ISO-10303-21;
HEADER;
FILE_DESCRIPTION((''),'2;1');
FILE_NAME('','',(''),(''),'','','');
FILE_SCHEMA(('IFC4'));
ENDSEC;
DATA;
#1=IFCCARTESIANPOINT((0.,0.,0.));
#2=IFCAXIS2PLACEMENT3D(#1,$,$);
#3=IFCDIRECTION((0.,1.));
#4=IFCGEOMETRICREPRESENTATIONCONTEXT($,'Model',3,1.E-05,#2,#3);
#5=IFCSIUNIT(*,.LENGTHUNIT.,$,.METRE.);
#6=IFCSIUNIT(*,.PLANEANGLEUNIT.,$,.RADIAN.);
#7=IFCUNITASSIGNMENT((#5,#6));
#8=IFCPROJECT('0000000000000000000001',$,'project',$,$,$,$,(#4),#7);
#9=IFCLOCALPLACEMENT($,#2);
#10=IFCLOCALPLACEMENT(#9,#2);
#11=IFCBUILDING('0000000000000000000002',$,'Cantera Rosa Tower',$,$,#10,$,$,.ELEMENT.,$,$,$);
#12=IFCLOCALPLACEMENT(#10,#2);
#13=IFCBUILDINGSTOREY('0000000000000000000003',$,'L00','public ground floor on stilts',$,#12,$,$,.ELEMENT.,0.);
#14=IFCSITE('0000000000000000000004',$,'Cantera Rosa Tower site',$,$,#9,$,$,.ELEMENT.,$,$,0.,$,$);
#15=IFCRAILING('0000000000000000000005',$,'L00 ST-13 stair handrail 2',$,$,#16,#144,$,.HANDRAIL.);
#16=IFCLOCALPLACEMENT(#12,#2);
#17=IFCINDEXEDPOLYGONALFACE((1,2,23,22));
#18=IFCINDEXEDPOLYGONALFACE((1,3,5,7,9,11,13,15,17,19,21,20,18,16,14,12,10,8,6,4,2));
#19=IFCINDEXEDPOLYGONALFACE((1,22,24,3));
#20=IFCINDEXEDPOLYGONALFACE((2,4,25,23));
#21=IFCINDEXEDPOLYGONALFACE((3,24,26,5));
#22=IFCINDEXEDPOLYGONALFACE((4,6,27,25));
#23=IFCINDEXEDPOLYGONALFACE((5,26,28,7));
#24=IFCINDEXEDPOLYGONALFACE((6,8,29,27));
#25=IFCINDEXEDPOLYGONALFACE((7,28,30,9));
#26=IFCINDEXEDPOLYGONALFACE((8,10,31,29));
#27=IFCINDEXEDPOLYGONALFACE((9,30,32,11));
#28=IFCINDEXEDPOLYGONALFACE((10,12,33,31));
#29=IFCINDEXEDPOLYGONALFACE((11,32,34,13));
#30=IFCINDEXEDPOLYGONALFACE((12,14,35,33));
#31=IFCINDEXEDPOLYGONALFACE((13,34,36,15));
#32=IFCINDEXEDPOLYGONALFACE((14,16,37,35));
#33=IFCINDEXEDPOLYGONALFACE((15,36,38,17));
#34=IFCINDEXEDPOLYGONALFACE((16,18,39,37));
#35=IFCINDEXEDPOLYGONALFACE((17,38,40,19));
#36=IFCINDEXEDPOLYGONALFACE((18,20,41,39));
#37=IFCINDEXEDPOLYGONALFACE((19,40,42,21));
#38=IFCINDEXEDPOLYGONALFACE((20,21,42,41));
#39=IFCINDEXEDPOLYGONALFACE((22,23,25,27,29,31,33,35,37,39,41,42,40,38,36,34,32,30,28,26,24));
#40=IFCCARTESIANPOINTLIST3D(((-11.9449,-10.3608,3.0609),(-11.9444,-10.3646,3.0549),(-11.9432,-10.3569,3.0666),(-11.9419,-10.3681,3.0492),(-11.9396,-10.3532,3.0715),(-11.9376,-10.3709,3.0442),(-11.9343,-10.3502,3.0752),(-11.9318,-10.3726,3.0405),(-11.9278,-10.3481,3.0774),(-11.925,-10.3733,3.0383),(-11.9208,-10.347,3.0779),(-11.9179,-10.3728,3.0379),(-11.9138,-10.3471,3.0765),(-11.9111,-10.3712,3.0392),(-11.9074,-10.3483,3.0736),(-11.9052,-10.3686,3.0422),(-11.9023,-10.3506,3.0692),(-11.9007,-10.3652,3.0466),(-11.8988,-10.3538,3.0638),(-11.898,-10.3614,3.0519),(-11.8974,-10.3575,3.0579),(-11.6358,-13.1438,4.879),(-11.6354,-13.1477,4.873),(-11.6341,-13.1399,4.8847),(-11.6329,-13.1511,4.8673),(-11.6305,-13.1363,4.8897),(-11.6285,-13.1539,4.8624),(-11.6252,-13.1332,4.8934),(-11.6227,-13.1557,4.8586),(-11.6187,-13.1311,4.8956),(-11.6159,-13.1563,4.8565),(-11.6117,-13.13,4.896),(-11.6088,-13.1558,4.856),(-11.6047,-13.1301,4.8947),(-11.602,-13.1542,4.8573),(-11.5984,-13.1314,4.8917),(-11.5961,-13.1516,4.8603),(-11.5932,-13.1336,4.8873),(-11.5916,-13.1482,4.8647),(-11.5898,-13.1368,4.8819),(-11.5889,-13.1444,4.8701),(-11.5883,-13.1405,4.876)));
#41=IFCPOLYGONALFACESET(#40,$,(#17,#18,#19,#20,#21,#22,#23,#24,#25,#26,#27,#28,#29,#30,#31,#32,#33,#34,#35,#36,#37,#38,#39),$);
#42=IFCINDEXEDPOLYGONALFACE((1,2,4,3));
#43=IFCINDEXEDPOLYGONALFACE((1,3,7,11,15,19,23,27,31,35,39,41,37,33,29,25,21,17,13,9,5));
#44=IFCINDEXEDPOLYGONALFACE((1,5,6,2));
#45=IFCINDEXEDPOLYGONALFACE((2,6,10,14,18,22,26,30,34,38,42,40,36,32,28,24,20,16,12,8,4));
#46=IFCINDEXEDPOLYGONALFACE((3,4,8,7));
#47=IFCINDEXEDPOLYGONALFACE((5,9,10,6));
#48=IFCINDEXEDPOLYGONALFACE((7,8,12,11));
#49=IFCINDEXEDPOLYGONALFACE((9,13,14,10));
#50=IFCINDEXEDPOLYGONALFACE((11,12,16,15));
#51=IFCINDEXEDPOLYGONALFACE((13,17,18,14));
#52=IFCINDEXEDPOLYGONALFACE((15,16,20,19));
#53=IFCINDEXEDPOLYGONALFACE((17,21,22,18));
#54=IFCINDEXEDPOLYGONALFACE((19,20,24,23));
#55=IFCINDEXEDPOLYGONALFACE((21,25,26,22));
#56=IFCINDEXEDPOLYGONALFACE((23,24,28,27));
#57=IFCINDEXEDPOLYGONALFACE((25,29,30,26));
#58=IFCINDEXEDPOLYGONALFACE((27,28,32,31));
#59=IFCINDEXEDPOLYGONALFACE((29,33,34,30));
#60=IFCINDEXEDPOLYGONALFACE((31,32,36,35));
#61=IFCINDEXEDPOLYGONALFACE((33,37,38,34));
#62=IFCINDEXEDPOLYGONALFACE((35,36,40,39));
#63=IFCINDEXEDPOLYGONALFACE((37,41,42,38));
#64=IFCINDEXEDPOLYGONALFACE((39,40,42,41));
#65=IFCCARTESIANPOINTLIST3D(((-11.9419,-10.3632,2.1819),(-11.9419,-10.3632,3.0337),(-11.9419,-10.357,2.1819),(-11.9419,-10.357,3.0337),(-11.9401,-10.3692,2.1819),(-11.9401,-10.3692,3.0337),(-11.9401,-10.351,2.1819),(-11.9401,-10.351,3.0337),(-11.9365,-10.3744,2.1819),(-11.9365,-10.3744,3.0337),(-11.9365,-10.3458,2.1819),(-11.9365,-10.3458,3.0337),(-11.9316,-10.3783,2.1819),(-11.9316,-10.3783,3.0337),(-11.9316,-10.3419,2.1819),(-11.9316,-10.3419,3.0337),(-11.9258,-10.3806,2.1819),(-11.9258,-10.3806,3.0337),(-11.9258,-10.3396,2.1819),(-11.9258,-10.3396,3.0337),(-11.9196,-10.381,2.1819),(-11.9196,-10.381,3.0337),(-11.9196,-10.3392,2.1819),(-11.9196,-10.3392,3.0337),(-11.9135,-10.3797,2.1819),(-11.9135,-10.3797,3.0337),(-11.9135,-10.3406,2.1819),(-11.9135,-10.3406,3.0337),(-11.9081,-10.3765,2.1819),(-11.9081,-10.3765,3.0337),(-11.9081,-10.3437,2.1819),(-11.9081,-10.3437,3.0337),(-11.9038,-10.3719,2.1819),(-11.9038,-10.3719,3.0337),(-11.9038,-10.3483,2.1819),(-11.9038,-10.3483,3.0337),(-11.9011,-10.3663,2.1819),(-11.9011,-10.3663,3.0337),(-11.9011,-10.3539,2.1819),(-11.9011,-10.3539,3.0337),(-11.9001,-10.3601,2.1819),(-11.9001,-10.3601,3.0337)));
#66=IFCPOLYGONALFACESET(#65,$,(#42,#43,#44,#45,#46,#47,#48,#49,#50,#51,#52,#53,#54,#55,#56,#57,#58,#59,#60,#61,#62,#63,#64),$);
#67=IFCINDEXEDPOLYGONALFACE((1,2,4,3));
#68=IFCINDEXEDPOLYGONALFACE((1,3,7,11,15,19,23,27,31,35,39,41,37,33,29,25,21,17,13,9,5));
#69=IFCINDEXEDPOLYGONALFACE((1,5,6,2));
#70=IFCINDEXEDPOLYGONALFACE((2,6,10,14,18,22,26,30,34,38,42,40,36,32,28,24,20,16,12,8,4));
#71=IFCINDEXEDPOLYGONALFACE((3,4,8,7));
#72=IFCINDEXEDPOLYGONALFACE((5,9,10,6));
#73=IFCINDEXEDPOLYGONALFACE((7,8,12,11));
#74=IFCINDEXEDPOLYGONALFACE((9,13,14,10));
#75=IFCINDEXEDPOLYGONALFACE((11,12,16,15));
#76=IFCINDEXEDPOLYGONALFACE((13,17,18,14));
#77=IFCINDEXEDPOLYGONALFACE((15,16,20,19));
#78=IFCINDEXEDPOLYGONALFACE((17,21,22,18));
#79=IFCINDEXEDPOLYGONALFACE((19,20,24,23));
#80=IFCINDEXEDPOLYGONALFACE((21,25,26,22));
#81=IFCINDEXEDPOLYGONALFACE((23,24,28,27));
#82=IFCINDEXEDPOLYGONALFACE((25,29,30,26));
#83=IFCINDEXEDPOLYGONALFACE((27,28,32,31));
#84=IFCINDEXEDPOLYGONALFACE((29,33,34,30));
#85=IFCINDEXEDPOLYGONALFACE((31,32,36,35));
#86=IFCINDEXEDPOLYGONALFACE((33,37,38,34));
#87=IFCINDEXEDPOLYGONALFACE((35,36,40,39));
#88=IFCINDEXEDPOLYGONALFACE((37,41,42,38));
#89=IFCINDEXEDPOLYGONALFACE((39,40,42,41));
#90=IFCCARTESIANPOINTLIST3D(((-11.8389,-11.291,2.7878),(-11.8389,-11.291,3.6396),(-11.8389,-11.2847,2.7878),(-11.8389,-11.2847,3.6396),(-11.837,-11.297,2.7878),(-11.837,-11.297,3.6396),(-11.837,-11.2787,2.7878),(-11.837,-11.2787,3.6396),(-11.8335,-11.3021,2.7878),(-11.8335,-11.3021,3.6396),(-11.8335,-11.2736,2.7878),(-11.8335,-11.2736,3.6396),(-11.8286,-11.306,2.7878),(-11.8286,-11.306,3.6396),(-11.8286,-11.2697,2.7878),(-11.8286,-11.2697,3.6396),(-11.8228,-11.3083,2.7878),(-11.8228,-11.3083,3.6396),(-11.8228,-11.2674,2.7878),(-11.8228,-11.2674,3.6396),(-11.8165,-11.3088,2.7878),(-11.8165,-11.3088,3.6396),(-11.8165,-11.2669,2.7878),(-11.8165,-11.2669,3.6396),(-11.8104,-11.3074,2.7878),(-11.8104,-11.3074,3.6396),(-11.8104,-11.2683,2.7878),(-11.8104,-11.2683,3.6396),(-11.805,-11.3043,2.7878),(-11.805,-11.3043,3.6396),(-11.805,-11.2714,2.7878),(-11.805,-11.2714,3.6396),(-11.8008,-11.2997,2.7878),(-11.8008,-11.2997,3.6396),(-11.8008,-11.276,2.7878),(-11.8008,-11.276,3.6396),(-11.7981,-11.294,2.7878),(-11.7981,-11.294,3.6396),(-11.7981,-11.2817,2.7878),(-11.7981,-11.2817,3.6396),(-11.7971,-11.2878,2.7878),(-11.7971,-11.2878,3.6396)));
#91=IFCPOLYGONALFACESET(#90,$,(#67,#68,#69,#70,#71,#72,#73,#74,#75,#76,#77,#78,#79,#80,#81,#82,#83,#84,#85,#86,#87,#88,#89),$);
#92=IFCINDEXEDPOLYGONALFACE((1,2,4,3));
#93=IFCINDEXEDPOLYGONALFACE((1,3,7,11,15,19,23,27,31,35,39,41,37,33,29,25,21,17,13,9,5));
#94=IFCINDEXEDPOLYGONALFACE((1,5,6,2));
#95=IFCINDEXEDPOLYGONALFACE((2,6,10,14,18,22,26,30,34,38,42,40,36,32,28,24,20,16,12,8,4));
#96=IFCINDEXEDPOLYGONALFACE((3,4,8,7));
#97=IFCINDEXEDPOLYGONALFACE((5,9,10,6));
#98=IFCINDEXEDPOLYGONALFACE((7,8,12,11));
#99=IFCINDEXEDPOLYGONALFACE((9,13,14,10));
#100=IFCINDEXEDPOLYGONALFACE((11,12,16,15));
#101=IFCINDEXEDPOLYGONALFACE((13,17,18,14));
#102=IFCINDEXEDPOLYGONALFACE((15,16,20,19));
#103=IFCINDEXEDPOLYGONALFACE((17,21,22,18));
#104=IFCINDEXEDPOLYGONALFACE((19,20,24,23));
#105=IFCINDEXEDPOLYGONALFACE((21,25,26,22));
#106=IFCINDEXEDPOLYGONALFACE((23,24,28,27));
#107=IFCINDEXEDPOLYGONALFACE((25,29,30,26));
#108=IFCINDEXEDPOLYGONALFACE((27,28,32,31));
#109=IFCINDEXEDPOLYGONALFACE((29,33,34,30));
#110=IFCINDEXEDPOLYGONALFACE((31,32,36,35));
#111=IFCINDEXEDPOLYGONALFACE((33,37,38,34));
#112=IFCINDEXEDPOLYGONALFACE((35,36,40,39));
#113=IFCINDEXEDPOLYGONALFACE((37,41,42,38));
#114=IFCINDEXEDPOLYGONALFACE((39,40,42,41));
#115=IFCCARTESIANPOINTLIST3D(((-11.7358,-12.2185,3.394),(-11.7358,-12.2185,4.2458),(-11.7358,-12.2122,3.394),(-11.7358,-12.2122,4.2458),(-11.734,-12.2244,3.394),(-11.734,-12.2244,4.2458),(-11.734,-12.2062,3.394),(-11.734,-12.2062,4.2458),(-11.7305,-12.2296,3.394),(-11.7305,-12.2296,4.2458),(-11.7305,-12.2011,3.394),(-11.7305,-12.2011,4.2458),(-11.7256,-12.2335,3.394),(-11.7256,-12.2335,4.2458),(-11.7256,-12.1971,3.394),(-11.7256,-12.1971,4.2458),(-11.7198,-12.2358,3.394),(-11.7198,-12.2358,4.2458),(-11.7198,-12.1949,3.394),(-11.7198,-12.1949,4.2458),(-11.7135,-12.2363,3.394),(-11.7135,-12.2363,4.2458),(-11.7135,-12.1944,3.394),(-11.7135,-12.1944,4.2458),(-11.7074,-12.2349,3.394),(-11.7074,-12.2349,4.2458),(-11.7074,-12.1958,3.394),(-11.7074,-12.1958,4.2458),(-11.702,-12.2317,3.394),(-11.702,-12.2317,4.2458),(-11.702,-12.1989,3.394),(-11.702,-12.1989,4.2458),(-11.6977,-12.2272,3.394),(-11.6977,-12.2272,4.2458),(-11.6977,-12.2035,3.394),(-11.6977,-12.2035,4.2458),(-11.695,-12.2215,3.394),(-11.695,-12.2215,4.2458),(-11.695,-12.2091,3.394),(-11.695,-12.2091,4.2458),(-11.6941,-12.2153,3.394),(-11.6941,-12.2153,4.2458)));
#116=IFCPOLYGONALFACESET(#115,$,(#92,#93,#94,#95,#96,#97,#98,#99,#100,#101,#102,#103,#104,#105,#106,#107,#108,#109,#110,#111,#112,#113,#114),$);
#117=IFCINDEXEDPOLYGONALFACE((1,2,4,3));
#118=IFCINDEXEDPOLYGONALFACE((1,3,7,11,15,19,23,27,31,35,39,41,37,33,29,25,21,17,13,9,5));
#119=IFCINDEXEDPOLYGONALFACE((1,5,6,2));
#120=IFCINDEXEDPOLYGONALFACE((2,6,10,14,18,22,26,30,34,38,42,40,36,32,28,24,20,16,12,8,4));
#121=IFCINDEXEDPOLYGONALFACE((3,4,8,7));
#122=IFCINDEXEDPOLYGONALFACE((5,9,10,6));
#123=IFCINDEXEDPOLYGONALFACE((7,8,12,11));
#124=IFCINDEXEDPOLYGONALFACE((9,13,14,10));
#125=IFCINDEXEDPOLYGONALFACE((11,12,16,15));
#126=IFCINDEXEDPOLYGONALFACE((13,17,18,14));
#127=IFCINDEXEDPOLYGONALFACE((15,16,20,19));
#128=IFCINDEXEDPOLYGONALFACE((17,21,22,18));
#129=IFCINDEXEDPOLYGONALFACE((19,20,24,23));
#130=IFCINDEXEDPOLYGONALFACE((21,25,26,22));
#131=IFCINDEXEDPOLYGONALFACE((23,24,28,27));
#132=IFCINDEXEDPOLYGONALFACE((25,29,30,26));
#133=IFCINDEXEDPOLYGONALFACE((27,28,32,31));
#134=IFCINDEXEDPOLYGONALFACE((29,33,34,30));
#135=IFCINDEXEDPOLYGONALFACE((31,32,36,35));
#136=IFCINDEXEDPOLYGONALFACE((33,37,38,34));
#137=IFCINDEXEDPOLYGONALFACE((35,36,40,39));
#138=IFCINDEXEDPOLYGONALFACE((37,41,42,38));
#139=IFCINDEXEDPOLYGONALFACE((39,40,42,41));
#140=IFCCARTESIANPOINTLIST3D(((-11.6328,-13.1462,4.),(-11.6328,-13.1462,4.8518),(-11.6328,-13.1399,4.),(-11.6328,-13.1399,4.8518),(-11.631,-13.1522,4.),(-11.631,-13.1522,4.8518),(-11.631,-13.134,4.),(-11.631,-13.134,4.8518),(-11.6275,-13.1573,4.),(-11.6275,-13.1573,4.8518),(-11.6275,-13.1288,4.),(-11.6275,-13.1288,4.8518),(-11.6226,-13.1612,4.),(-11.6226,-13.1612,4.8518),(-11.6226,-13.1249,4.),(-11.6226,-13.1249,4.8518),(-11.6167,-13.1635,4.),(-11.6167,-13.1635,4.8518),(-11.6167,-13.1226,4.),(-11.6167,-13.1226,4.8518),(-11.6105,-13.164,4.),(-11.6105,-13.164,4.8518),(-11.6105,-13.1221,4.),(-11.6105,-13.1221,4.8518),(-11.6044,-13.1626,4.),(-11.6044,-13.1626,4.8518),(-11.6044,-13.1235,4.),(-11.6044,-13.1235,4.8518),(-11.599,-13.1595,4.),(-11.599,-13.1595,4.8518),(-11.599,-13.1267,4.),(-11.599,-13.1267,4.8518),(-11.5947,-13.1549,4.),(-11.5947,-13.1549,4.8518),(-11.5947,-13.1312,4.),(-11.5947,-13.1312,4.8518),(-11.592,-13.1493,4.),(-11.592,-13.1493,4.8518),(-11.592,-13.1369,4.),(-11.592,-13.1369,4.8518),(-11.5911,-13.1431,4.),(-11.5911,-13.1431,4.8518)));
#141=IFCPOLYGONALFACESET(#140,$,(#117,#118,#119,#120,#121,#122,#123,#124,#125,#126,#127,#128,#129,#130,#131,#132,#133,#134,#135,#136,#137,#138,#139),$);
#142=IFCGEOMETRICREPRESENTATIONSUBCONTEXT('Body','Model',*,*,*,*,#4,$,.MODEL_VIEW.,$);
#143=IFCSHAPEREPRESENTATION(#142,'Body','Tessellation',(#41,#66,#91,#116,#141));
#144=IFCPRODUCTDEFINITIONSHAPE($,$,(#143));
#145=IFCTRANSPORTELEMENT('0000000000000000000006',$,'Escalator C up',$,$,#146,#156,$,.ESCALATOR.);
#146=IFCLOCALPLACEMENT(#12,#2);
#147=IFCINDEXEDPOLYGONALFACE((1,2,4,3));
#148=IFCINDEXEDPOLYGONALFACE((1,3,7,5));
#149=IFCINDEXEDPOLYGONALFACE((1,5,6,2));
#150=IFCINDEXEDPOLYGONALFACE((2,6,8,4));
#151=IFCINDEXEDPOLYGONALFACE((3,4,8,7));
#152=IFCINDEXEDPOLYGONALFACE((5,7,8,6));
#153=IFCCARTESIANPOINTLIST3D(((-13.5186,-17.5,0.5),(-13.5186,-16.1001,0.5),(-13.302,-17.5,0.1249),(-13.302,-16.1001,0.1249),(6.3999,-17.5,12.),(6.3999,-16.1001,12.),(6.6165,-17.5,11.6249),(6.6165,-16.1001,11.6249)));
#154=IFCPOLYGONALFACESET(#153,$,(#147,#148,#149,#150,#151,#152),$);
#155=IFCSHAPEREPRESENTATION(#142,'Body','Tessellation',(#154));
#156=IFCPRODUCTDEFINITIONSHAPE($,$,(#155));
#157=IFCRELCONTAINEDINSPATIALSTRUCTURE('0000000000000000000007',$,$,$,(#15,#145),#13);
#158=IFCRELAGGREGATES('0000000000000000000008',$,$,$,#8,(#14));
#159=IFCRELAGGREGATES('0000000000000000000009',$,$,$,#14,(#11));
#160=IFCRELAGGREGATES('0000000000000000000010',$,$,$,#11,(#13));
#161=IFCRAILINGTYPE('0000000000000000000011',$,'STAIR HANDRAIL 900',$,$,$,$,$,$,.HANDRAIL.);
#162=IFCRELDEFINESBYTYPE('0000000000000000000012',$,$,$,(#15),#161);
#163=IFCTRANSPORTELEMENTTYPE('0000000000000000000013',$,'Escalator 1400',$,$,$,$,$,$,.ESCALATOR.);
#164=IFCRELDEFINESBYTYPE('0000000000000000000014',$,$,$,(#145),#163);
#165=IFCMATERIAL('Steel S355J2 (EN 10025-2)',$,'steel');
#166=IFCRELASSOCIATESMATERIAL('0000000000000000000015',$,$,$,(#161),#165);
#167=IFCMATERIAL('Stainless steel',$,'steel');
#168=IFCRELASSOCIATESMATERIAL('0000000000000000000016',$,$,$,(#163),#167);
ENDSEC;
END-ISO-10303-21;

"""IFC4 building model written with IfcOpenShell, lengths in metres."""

from ifc_helpers import new_model, si_unit, direction, frame, origin, origin_2d, place, context, subcontext, project, spatial, polyline, circle, outline, extrude, material, type_object, element, save


model = new_model("IFC4")

# Units and contexts
model_context = context("Model", 3, precision=1e-05, world=origin(), true_north=direction((0.0, 1.0)))
body_context = subcontext(model_context, "Body", "Model", "MODEL_VIEW")
ifc_project = project(units=[si_unit("LENGTHUNIT", "METRE"), si_unit("PLANEANGLEUNIT", "RADIAN")], contexts=[model_context])

# Site, building, storey
site_placement = place(None, origin())
site = spatial("IfcSite", under=ifc_project, at=site_placement, Name="Cantera Rosa Tower site", CompositionType="ELEMENT", RefElevation=0.0)
building_placement = place(site_placement, origin())
building = spatial("IfcBuilding", under=site, at=building_placement, Name="Cantera Rosa Tower", CompositionType="ELEMENT")
storey_placement = place(building_placement, origin())
storey = spatial("IfcBuildingStorey", under=building, at=storey_placement, Name="L00", Description="public ground floor on stilts", CompositionType="ELEMENT", Elevation=0.0)

# Railing
ifc_material_1 = material(Name="Steel S355J2 (EN 10025-2)", Category="steel")
railing_type = type_object("IfcRailingType", Name="STAIR HANDRAIL 900", PredefinedType="HANDRAIL", material=ifc_material_1)
railing_placement = place(storey_placement, frame((-11.9211, -10.3601, 2.1819)))
element("IfcRailing", 1, at=railing_placement, inside=storey, type_object=railing_type, Name="L00 ST-13 stair handrail 2", PredefinedType="HANDRAIL", context=body_context, shape_type="SweptSolid", body=[
    extrude(circle(Radius=0.0239, at=origin_2d()), frame((0.0, 0.0, 0.876), z_axis=(0.09258, -0.833582, 0.544582), x_axis=(0.993889, 0.110384, 0.0)), (0.0, 0.0, 1.0), 3.3386),
    extrude(circle(Radius=0.021, at=origin_2d()), origin(), (0.0, 0.0, 1.0), 0.8518),
    extrude(circle(Radius=0.021, at=origin_2d()), frame((0.103, -0.9277, 0.606)), (0.0, 0.0, 1.0), 0.8518),
    extrude(circle(Radius=0.021, at=origin_2d()), frame((0.2061, -1.8552, 1.2122)), (0.0, 0.0, 1.0), 0.8518),
    extrude(circle(Radius=0.021, at=origin_2d()), frame((0.3091, -2.783, 1.8181)), (0.0, 0.0, 1.0), 0.8518),
])

# Transport element
ifc_material_2 = material(Name="Stainless steel", Category="steel")
transport_element_type = type_object("IfcTransportElementType", Name="Escalator 1400", PredefinedType="ESCALATOR", material=ifc_material_2)
transport_element_placement = place(storey_placement, frame((-13.5186, -17.5, 0.5), z_axis=(-0.500002, 0.0, 0.866024), x_axis=(0.866024, 0.0, 0.500002)))
element("IfcTransportElement", 2, at=transport_element_placement, inside=storey, type_object=transport_element_type, Name="Escalator C up", PredefinedType="ESCALATOR", context=body_context, shape_type="SweptSolid", body=[
    extrude(outline(polyline([(0.0, 0.0), (22.9999, 0.0), (22.9999, 1.3999), (0.0, 1.3999), (0.0, 0.0)])), origin(), (0.0, 0.0, -1.0), 0.4331),
])

save(model, "model.ifc")
